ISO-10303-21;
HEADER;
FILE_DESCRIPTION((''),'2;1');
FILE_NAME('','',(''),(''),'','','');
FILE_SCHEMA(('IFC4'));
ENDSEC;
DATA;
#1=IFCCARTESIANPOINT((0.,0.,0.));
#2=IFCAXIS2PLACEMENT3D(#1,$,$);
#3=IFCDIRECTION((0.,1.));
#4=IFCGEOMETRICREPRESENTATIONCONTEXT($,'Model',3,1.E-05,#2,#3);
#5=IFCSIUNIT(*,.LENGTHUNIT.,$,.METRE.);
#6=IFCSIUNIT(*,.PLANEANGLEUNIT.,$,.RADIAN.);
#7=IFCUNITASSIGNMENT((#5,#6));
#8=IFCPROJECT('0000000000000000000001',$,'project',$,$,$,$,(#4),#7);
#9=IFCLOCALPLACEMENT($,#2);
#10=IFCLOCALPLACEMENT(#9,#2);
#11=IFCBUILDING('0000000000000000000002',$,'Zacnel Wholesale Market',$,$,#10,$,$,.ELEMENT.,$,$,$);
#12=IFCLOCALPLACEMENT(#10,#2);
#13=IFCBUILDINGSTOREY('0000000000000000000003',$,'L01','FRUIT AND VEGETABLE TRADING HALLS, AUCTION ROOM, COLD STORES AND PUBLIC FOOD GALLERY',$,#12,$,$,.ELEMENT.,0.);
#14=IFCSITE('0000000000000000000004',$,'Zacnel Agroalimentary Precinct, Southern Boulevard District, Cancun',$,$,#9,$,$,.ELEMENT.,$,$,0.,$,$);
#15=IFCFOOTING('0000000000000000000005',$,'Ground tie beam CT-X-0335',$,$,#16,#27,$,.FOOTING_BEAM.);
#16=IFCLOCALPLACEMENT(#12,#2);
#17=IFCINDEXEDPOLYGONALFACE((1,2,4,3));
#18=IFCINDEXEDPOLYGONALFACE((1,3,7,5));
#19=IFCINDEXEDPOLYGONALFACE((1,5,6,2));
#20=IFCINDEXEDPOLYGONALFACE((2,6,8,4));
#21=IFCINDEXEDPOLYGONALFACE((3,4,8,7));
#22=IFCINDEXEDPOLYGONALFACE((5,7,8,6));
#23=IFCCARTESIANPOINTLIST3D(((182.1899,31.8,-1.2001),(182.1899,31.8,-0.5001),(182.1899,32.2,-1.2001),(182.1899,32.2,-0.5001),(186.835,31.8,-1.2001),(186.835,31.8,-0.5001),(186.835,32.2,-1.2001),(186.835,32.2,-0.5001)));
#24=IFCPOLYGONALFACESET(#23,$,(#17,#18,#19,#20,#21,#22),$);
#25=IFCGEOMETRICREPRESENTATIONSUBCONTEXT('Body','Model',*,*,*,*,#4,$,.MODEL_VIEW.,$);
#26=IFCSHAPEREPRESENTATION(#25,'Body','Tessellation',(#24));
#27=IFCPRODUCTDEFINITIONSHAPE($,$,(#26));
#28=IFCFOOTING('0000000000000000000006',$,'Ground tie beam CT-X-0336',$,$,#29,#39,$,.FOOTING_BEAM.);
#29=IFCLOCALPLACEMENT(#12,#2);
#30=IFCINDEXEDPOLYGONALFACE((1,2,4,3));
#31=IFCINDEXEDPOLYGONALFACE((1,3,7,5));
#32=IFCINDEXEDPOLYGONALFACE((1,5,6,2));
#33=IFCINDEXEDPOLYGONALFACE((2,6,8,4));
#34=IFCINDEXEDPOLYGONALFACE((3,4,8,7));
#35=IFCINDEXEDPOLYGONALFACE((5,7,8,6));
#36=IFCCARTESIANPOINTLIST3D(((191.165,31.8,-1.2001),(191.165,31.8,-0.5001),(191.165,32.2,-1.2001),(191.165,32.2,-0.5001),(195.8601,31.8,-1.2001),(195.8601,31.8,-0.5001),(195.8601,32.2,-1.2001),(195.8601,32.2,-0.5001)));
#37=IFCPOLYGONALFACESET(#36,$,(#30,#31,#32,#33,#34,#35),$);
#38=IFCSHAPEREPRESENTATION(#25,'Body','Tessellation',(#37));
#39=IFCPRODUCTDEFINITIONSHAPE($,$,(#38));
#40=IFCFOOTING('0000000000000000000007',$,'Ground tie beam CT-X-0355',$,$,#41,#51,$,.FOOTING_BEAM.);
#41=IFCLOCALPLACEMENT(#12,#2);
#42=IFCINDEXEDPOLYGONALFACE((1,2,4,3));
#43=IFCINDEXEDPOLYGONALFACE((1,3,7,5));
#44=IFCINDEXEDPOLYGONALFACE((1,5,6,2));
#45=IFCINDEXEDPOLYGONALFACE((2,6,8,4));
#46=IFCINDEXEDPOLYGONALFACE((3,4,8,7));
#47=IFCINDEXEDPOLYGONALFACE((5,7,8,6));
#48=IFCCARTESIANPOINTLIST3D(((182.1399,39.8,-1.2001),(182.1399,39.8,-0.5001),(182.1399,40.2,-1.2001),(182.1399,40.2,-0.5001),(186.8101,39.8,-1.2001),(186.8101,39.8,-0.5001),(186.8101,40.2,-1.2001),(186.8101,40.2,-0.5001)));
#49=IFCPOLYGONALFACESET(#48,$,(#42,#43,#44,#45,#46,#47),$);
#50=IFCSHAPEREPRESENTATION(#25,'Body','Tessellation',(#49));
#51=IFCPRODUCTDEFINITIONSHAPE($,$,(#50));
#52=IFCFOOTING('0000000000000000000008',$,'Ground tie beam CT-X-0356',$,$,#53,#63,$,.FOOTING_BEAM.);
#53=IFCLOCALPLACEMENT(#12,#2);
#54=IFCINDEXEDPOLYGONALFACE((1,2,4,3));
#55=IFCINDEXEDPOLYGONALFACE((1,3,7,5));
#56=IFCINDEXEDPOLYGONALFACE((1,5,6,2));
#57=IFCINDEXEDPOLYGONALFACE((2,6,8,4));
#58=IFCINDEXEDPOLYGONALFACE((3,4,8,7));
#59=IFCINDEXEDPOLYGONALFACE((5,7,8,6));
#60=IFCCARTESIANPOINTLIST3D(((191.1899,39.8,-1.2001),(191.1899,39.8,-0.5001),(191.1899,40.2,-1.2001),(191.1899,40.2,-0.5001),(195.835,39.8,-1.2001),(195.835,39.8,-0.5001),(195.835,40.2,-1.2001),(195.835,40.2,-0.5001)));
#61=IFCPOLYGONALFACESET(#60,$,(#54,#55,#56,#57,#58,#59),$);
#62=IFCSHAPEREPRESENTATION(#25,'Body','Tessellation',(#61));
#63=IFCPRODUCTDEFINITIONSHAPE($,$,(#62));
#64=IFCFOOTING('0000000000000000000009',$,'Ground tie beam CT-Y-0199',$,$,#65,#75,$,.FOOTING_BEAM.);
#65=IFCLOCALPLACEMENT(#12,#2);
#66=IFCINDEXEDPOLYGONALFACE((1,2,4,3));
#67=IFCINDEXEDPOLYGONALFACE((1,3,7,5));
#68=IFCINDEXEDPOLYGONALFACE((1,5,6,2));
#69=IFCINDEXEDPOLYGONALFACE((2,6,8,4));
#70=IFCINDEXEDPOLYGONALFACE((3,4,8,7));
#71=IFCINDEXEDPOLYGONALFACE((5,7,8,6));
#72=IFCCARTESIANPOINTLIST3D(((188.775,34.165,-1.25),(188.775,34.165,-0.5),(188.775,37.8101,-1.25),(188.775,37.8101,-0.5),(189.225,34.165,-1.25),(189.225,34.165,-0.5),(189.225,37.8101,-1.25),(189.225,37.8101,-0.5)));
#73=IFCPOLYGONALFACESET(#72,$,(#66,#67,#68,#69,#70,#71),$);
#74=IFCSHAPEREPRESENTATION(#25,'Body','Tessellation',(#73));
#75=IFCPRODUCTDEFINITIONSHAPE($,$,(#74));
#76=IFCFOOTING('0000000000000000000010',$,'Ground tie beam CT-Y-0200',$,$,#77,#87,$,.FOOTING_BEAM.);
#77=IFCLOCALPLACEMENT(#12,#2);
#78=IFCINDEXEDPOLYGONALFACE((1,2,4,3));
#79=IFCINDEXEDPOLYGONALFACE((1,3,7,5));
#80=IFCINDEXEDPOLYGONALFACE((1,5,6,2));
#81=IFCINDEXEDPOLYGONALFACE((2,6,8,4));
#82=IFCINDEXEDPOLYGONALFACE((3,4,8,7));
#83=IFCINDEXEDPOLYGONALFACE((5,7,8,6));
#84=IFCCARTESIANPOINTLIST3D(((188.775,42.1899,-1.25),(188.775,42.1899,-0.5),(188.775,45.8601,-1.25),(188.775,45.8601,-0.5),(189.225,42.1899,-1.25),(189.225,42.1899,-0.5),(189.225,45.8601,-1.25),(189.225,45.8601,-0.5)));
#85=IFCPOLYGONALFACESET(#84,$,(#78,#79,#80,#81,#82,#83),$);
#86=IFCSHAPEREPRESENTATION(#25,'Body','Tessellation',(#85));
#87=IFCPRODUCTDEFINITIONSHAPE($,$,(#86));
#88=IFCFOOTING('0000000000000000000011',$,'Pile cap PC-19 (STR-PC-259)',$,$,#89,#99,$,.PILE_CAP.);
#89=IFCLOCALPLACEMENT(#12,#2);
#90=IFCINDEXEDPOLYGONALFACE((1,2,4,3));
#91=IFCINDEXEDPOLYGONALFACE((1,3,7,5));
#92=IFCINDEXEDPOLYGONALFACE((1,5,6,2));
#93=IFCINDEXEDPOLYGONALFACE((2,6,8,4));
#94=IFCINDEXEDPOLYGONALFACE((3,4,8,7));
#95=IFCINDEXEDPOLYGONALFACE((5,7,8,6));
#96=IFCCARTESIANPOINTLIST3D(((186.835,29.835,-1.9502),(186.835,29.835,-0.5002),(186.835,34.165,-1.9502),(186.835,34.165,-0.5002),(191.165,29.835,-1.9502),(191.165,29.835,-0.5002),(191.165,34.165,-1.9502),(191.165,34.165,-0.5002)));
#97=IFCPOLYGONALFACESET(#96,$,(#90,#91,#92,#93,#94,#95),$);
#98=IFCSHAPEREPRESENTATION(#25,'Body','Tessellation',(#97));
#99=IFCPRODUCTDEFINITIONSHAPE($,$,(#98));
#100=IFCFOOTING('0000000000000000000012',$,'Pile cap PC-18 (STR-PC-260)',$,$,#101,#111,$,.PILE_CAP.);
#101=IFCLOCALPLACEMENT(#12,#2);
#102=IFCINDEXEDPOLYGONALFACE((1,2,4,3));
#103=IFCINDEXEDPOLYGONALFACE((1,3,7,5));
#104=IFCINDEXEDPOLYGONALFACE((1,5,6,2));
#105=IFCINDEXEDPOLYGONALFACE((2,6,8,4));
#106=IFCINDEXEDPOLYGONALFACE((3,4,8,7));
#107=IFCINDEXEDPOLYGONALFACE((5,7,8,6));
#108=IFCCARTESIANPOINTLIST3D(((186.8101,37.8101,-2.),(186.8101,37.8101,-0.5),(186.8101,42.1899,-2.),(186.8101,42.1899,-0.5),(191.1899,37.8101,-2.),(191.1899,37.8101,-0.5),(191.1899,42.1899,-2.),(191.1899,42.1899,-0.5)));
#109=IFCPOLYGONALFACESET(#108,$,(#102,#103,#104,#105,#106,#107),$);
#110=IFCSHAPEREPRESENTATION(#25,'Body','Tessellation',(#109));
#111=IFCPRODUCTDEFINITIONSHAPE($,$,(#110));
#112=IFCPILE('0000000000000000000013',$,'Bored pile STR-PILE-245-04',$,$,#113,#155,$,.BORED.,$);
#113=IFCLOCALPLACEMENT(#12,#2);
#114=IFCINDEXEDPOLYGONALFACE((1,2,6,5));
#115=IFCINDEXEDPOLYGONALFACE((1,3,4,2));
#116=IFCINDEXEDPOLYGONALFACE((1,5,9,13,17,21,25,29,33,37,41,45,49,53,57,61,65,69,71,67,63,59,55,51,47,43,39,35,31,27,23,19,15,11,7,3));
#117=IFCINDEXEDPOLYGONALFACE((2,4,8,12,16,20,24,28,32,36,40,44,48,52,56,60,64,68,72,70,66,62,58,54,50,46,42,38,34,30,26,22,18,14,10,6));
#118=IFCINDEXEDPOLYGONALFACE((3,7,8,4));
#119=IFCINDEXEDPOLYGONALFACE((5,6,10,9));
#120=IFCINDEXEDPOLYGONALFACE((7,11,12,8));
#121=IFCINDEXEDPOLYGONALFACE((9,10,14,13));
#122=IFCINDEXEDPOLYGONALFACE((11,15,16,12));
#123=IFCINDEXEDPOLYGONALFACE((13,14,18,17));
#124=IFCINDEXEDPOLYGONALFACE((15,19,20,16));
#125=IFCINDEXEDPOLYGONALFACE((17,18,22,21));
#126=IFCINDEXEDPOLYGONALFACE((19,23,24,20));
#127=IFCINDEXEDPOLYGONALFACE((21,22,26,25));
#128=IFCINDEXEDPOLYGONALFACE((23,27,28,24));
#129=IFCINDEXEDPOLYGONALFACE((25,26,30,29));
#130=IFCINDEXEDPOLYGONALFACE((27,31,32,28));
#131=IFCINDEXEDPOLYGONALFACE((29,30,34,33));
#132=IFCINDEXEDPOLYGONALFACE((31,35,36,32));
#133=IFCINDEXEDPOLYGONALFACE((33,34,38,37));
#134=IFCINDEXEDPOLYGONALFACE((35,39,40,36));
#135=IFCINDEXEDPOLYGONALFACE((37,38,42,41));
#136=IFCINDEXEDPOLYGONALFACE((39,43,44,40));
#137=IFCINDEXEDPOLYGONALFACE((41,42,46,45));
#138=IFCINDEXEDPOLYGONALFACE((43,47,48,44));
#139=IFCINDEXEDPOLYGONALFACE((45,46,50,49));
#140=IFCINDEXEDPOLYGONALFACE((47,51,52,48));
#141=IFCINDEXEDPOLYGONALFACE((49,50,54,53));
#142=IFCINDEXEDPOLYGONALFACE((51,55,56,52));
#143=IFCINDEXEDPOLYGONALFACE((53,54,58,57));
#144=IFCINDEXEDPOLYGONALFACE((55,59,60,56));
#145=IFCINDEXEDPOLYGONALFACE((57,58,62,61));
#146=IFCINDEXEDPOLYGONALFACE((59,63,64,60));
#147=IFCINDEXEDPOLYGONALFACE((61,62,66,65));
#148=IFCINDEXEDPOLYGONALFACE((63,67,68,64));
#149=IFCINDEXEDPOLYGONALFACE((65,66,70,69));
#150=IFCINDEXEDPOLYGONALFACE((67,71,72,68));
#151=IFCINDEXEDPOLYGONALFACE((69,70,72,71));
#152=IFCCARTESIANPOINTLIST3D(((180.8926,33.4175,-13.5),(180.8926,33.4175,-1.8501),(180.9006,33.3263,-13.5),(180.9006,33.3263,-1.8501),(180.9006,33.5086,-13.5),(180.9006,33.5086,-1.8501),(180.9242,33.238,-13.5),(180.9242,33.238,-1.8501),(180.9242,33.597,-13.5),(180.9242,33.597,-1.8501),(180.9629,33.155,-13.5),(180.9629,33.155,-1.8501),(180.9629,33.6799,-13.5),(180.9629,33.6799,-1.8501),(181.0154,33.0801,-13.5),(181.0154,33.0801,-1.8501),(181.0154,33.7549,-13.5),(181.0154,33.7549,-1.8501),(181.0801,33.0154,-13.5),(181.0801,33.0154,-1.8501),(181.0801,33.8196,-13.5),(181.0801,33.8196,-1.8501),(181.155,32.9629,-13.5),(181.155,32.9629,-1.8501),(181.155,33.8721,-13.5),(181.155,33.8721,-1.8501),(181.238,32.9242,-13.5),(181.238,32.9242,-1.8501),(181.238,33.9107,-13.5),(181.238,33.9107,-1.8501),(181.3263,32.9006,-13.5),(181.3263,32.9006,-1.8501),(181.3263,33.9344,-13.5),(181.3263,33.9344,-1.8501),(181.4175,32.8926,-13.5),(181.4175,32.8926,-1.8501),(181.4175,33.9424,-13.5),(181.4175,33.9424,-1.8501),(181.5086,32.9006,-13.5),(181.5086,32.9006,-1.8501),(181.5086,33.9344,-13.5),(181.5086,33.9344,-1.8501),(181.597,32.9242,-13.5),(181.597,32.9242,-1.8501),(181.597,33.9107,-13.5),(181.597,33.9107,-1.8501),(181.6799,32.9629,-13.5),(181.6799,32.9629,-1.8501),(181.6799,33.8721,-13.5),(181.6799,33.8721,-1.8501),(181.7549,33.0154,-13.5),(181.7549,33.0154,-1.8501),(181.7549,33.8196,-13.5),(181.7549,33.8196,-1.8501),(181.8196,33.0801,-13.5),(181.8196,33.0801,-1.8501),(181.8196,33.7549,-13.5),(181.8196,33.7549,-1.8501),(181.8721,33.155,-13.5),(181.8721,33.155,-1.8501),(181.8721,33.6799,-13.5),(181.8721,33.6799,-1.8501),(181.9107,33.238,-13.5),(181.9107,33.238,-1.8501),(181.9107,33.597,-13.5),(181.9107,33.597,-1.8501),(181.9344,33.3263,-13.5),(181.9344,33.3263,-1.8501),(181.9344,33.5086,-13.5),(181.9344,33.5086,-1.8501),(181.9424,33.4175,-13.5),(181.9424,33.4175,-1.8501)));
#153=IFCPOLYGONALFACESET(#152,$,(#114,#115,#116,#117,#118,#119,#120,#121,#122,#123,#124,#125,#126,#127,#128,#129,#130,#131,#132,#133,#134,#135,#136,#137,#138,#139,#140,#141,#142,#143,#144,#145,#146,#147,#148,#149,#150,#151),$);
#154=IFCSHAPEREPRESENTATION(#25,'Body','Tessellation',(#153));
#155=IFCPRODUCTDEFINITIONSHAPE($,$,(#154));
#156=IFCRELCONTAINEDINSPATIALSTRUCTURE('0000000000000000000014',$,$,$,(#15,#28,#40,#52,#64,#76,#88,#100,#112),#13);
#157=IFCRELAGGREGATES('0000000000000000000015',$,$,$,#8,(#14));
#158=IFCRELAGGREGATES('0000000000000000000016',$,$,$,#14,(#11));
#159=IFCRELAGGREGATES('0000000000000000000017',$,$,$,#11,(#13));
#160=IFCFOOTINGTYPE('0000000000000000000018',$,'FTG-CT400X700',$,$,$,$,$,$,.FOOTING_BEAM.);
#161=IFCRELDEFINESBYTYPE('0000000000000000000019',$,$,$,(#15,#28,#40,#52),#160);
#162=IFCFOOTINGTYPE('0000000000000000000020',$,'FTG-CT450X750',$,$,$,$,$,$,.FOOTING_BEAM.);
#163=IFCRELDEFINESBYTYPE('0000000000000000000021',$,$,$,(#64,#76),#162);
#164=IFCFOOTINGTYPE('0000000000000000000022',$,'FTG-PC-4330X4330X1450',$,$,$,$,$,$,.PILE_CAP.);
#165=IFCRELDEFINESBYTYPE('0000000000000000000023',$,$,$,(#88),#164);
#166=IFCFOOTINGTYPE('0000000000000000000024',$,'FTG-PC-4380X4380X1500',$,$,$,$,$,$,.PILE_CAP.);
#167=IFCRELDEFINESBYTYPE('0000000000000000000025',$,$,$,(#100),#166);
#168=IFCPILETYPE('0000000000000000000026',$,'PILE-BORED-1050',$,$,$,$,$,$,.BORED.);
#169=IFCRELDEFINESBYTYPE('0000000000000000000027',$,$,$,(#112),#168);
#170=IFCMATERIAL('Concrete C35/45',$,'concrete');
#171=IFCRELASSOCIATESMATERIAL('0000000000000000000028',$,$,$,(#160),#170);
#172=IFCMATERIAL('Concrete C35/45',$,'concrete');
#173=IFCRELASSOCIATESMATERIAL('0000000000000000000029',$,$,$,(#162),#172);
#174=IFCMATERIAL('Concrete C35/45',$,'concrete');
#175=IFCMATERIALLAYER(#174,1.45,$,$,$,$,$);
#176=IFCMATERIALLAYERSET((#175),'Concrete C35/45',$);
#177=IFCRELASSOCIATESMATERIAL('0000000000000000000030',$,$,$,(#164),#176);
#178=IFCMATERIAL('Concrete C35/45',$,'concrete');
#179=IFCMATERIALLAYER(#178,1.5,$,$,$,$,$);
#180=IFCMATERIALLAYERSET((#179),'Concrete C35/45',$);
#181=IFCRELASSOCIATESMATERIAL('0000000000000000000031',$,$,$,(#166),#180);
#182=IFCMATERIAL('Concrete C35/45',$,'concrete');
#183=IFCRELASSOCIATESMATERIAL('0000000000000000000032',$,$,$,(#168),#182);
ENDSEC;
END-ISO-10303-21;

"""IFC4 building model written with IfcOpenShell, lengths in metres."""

from ifc_helpers import new_model, si_unit, direction, frame, origin, origin_2d, place, context, subcontext, project, spatial, rectangle, circle, extrude, material, layer, layer_set, material_profile, profile_set, type_object, element, save


model = new_model("IFC4")

# Units and contexts
model_context = context("Model", 3, precision=1e-05, world=origin(), true_north=direction((0.0, 1.0)))
body_context = subcontext(model_context, "Body", "Model", "MODEL_VIEW")
ifc_project = project(units=[si_unit("LENGTHUNIT", "METRE"), si_unit("PLANEANGLEUNIT", "RADIAN")], contexts=[model_context])

# Site, building, storey
site_placement = place(None, origin())
site = spatial("IfcSite", under=ifc_project, at=site_placement, Name="Zacnel Agroalimentary Precinct, Southern Boulevard District, Cancun", CompositionType="ELEMENT", RefElevation=0.0)
building_placement = place(site_placement, origin())
building = spatial("IfcBuilding", under=site, at=building_placement, Name="Zacnel Wholesale Market", CompositionType="ELEMENT")
storey_placement = place(building_placement, origin())
storey = spatial("IfcBuildingStorey", under=building, at=storey_placement, Name="L01", Description="FRUIT AND VEGETABLE TRADING HALLS, AUCTION ROOM, COLD STORES AND PUBLIC FOOD GALLERY", CompositionType="ELEMENT", Elevation=0.0)

# Footings
ifc_material_1 = material(Name="Concrete C35/45", Category="concrete")
ifc_material_profile_1 = material_profile(ifc_material_1, rectangle(XDim=0.3999, YDim=0.7, at=origin_2d()), Name="CT 400x700")
ifc_profile_set_1 = profile_set([ifc_material_profile_1], Name="Concrete C35/45")
footing_type_1 = type_object("IfcFootingType", Name="FTG-CT400X700", PredefinedType="FOOTING_BEAM", material=ifc_profile_set_1)
footing_1_placement = place(storey_placement, frame((182.1899, 32.0, -0.8501), z_axis=(1.0, 0.0, 0.0), x_axis=(0.0, 1.0, 0.0)))
element("IfcFooting", 1, at=footing_1_placement, inside=storey, type_object=footing_type_1, Name="Ground tie beam CT-X-0335", PredefinedType="FOOTING_BEAM", context=body_context, shape_type="SweptSolid", body=[
    extrude(rectangle(XDim=0.3999, YDim=0.7, at=origin_2d()), origin(), (0.0, 0.0, 1.0), 4.645),
])
footing_2_placement = place(storey_placement, frame((191.165, 32.0, -0.8501), z_axis=(1.0, 0.0, 0.0), x_axis=(0.0, 1.0, 0.0)))
element("IfcFooting", 2, at=footing_2_placement, inside=storey, type_object=footing_type_1, Name="Ground tie beam CT-X-0336", PredefinedType="FOOTING_BEAM", context=body_context, shape_type="SweptSolid", body=[
    extrude(rectangle(XDim=0.3999, YDim=0.7, at=origin_2d()), origin(), (0.0, 0.0, 1.0), 4.6951),
])
footing_3_placement = place(storey_placement, frame((182.1399, 40.0, -0.8501), z_axis=(1.0, 0.0, 0.0), x_axis=(0.0, 1.0, 0.0)))
element("IfcFooting", 3, at=footing_3_placement, inside=storey, type_object=footing_type_1, Name="Ground tie beam CT-X-0355", PredefinedType="FOOTING_BEAM", context=body_context, shape_type="SweptSolid", body=[
    extrude(rectangle(XDim=0.3999, YDim=0.7, at=origin_2d()), origin(), (0.0, 0.0, 1.0), 4.6702),
])
footing_4_placement = place(storey_placement, frame((191.1899, 40.0, -0.8501), z_axis=(1.0, 0.0, 0.0), x_axis=(0.0, 1.0, 0.0)))
element("IfcFooting", 4, at=footing_4_placement, inside=storey, type_object=footing_type_1, Name="Ground tie beam CT-X-0356", PredefinedType="FOOTING_BEAM", context=body_context, shape_type="SweptSolid", body=[
    extrude(rectangle(XDim=0.3999, YDim=0.7, at=origin_2d()), origin(), (0.0, 0.0, 1.0), 4.645),
])
ifc_material_2 = material(Name="Concrete C35/45", Category="concrete")
ifc_material_profile_2 = material_profile(ifc_material_2, rectangle(XDim=0.45, YDim=0.75, at=origin_2d()), Name="CT 450x750")
ifc_profile_set_2 = profile_set([ifc_material_profile_2], Name="Concrete C35/45")
footing_type_2 = type_object("IfcFootingType", Name="FTG-CT450X750", PredefinedType="FOOTING_BEAM", material=ifc_profile_set_2)
footing_5_placement = place(storey_placement, frame((189.0, 34.165, -0.875), z_axis=(0.0, 1.0, 0.0), x_axis=(-1.0, 0.0, 0.0)))
element("IfcFooting", 5, at=footing_5_placement, inside=storey, type_object=footing_type_2, Name="Ground tie beam CT-Y-0199", PredefinedType="FOOTING_BEAM", context=body_context, shape_type="SweptSolid", body=[
    extrude(rectangle(XDim=0.45, YDim=0.75, at=origin_2d()), origin(), (0.0, 0.0, 1.0), 3.645),
])
footing_6_placement = place(storey_placement, frame((189.0, 42.1899, -0.875), z_axis=(0.0, 1.0, 0.0), x_axis=(-1.0, 0.0, 0.0)))
element("IfcFooting", 6, at=footing_6_placement, inside=storey, type_object=footing_type_2, Name="Ground tie beam CT-Y-0200", PredefinedType="FOOTING_BEAM", context=body_context, shape_type="SweptSolid", body=[
    extrude(rectangle(XDim=0.45, YDim=0.75, at=origin_2d()), origin(), (0.0, 0.0, 1.0), 3.6702),
])
ifc_material_3 = material(Name="Concrete C35/45", Category="concrete")
ifc_layer_1 = layer(ifc_material_3, 1.45)
ifc_layer_set_1 = layer_set([ifc_layer_1], Name="Concrete C35/45")
footing_type_3 = type_object("IfcFootingType", Name="FTG-PC-4330X4330X1450", PredefinedType="PILE_CAP", material=ifc_layer_set_1)
footing_7_placement = place(storey_placement, frame((189.0, 32.0, -1.9502), z_axis=(0.0, 0.0, 1.0), x_axis=(1.0, 0.0, 0.0)))
element("IfcFooting", 7, at=footing_7_placement, inside=storey, type_object=footing_type_3, Name="Pile cap PC-19 (STR-PC-259)", PredefinedType="PILE_CAP", context=body_context, shape_type="SweptSolid", body=[
    extrude(rectangle(XDim=4.3301, YDim=4.3301, at=origin_2d()), origin(), (0.0, 0.0, 1.0), 1.45),
])
ifc_material_4 = material(Name="Concrete C35/45", Category="concrete")
ifc_layer_2 = layer(ifc_material_4, 1.5)
ifc_layer_set_2 = layer_set([ifc_layer_2], Name="Concrete C35/45")
footing_type_4 = type_object("IfcFootingType", Name="FTG-PC-4380X4380X1500", PredefinedType="PILE_CAP", material=ifc_layer_set_2)
footing_8_placement = place(storey_placement, frame((189.0, 40.0, -2.0), z_axis=(0.0, 0.0, 1.0), x_axis=(1.0, 0.0, 0.0)))
element("IfcFooting", 8, at=footing_8_placement, inside=storey, type_object=footing_type_4, Name="Pile cap PC-18 (STR-PC-260)", PredefinedType="PILE_CAP", context=body_context, shape_type="SweptSolid", body=[
    extrude(rectangle(XDim=4.3799, YDim=4.3799, at=origin_2d()), origin(), (0.0, 0.0, 1.0), 1.5),
])

# Pile
ifc_material_5 = material(Name="Concrete C35/45", Category="concrete")
ifc_material_profile_3 = material_profile(ifc_material_5, circle(Radius=0.5249, at=origin_2d()), Name="BORED PILE D1050")
ifc_profile_set_3 = profile_set([ifc_material_profile_3], Name="Concrete C35/45")
pile_type = type_object("IfcPileType", Name="PILE-BORED-1050", PredefinedType="BORED", material=ifc_profile_set_3)
pile_1_placement = place(storey_placement, frame((181.4175, 33.4175, -1.8501), z_axis=(0.0, 0.0, -1.0), x_axis=(1.0, 0.0, 0.0)))
element("IfcPile", 9, at=pile_1_placement, inside=storey, type_object=pile_type, Name="Bored pile STR-PILE-245-04", PredefinedType="BORED", context=body_context, shape_type="SweptSolid", body=[
    extrude(circle(Radius=0.5249, at=origin_2d()), origin(), (0.0, 0.0, 1.0), 11.6499),
])

save(model, "model.ifc")
